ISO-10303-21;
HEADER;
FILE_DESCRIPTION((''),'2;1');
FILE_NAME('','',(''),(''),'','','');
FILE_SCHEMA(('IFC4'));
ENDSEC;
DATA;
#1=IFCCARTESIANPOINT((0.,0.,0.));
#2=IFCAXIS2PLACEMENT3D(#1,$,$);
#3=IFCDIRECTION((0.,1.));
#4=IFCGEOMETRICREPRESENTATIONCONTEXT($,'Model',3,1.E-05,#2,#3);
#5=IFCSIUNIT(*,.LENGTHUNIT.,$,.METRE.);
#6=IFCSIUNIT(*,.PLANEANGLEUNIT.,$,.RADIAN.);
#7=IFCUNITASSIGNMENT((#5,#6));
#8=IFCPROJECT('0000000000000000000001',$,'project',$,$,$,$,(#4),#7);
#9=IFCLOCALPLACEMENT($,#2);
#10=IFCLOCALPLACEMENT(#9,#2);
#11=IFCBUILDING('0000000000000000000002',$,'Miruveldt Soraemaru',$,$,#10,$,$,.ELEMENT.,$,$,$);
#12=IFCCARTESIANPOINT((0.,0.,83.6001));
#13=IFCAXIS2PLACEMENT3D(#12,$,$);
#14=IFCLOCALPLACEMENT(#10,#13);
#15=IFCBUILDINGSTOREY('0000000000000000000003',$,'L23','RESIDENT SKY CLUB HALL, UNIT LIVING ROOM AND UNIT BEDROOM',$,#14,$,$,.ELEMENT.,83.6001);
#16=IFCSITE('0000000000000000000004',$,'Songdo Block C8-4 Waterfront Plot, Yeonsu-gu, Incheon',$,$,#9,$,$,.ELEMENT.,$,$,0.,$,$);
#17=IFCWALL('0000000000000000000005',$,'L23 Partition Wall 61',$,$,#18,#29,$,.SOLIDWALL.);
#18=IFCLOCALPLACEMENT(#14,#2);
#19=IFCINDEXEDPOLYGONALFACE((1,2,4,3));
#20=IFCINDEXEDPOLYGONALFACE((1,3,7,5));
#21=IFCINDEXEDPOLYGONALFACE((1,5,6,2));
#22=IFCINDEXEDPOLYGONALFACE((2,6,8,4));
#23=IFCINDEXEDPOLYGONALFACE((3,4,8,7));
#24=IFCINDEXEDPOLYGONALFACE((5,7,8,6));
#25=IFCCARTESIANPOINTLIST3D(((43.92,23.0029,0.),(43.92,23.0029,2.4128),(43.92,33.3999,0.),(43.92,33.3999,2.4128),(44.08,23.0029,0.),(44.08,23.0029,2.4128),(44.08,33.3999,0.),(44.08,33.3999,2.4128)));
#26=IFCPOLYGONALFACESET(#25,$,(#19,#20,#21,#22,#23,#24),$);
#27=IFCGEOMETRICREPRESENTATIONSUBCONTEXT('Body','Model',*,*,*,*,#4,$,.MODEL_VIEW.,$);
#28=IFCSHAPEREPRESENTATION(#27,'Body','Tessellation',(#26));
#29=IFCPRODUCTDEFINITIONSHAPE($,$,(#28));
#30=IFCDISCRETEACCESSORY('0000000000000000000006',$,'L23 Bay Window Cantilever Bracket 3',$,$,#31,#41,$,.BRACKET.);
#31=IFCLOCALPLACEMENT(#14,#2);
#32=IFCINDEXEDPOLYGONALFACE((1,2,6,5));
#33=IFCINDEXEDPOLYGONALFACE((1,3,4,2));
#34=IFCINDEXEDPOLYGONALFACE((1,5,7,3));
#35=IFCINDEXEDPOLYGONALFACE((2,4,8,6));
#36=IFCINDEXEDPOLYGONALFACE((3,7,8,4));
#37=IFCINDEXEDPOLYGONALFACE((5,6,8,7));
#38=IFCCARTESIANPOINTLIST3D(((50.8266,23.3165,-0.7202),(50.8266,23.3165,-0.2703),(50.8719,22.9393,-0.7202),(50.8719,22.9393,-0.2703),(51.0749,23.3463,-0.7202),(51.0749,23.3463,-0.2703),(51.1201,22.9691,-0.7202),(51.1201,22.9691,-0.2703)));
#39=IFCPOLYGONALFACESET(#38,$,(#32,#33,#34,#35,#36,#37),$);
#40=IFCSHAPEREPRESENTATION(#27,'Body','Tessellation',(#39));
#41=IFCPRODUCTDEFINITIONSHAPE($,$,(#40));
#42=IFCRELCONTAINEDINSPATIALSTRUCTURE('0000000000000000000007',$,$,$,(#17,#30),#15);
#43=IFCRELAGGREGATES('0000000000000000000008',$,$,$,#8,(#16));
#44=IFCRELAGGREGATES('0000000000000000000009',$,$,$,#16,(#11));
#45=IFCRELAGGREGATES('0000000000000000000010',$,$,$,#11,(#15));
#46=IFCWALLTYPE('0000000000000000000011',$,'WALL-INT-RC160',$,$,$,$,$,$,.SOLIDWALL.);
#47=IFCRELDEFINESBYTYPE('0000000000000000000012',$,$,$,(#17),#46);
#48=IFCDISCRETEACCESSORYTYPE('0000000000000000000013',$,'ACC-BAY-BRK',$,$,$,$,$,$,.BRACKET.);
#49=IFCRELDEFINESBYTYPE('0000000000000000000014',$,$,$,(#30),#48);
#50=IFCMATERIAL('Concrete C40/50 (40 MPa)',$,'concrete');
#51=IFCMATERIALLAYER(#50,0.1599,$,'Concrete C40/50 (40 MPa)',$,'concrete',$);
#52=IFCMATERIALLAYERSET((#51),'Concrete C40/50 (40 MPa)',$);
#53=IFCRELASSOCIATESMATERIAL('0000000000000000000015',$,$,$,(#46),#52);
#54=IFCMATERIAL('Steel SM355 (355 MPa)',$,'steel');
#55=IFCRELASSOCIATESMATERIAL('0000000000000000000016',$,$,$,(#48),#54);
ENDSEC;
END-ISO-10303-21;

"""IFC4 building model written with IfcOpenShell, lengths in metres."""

from ifc_helpers import new_model, si_unit, direction, frame, frame_2d, origin, origin_2d, place, context, subcontext, project, spatial, rectangle, extrude, material, layer, layer_set, type_object, element, save


model = new_model("IFC4")

# Units and contexts
model_context = context("Model", 3, precision=1e-05, world=origin(), true_north=direction((0.0, 1.0)))
body_context = subcontext(model_context, "Body", "Model", "MODEL_VIEW")
ifc_project = project(units=[si_unit("LENGTHUNIT", "METRE"), si_unit("PLANEANGLEUNIT", "RADIAN")], contexts=[model_context])

# Site, building, storey
site_placement = place(None, origin())
site = spatial("IfcSite", under=ifc_project, at=site_placement, Name="Songdo Block C8-4 Waterfront Plot, Yeonsu-gu, Incheon", CompositionType="ELEMENT", RefElevation=0.0)
building_placement = place(site_placement, origin())
building = spatial("IfcBuilding", under=site, at=building_placement, Name="Miruveldt Soraemaru", CompositionType="ELEMENT")
storey_placement = place(building_placement, frame((0.0, 0.0, 83.6001)))
storey = spatial("IfcBuildingStorey", under=building, at=storey_placement, Name="L23", Description="RESIDENT SKY CLUB HALL, UNIT LIVING ROOM AND UNIT BEDROOM", CompositionType="ELEMENT", Elevation=83.6001)

# Shared definitions
ifc_material_1 = material(Name="Steel SM355 (355 MPa)", Category="steel")

# Shared definitions
ifc_material_2 = material(Name="Concrete C40/50 (40 MPa)", Category="concrete")
ifc_layer_1 = layer(ifc_material_2, 0.1599, Name="Concrete C40/50 (40 MPa)", Category="concrete")
ifc_layer_set_1 = layer_set([ifc_layer_1], Name="Concrete C40/50 (40 MPa)")
wall_type_1 = type_object("IfcWallType", Name="WALL-INT-RC160", PredefinedType="SOLIDWALL", material=ifc_layer_set_1)

# Wall
wall_1_placement = place(storey_placement, frame((44.0, 23.0029, 0.0), z_axis=(0.0, 0.0, 1.0), x_axis=(0.0, 1.0, 0.0)))
element("IfcWall", 1, at=wall_1_placement, inside=storey, type_object=wall_type_1, Name="L23 Partition Wall 61", PredefinedType="SOLIDWALL", context=body_context, shape_type="SweptSolid", body=[
    extrude(rectangle(XDim=10.397, YDim=0.1599, at=frame_2d((5.1985, 0.0))), origin(), (0.0, 0.0, 1.0), 2.4128),
])

# Discrete accessory
discrete_accessory_type = type_object("IfcDiscreteAccessoryType", Name="ACC-BAY-BRK", PredefinedType="BRACKET", material=ifc_material_1)
discrete_accessory_placement = place(storey_placement, frame((50.9734, 23.1428, -0.7202), z_axis=(0.0, 0.0, 1.0), x_axis=(0.119149, -0.992876, 0.0)))
element("IfcDiscreteAccessory", 2, at=discrete_accessory_placement, inside=storey, type_object=discrete_accessory_type, Name="L23 Bay Window Cantilever Bracket 3", PredefinedType="BRACKET", context=body_context, shape_type="SweptSolid", body=[
    extrude(rectangle(XDim=0.3799, YDim=0.25, at=origin_2d()), origin(), (0.0, 0.0, 1.0), 0.45),
])

save(model, "model.ifc")
